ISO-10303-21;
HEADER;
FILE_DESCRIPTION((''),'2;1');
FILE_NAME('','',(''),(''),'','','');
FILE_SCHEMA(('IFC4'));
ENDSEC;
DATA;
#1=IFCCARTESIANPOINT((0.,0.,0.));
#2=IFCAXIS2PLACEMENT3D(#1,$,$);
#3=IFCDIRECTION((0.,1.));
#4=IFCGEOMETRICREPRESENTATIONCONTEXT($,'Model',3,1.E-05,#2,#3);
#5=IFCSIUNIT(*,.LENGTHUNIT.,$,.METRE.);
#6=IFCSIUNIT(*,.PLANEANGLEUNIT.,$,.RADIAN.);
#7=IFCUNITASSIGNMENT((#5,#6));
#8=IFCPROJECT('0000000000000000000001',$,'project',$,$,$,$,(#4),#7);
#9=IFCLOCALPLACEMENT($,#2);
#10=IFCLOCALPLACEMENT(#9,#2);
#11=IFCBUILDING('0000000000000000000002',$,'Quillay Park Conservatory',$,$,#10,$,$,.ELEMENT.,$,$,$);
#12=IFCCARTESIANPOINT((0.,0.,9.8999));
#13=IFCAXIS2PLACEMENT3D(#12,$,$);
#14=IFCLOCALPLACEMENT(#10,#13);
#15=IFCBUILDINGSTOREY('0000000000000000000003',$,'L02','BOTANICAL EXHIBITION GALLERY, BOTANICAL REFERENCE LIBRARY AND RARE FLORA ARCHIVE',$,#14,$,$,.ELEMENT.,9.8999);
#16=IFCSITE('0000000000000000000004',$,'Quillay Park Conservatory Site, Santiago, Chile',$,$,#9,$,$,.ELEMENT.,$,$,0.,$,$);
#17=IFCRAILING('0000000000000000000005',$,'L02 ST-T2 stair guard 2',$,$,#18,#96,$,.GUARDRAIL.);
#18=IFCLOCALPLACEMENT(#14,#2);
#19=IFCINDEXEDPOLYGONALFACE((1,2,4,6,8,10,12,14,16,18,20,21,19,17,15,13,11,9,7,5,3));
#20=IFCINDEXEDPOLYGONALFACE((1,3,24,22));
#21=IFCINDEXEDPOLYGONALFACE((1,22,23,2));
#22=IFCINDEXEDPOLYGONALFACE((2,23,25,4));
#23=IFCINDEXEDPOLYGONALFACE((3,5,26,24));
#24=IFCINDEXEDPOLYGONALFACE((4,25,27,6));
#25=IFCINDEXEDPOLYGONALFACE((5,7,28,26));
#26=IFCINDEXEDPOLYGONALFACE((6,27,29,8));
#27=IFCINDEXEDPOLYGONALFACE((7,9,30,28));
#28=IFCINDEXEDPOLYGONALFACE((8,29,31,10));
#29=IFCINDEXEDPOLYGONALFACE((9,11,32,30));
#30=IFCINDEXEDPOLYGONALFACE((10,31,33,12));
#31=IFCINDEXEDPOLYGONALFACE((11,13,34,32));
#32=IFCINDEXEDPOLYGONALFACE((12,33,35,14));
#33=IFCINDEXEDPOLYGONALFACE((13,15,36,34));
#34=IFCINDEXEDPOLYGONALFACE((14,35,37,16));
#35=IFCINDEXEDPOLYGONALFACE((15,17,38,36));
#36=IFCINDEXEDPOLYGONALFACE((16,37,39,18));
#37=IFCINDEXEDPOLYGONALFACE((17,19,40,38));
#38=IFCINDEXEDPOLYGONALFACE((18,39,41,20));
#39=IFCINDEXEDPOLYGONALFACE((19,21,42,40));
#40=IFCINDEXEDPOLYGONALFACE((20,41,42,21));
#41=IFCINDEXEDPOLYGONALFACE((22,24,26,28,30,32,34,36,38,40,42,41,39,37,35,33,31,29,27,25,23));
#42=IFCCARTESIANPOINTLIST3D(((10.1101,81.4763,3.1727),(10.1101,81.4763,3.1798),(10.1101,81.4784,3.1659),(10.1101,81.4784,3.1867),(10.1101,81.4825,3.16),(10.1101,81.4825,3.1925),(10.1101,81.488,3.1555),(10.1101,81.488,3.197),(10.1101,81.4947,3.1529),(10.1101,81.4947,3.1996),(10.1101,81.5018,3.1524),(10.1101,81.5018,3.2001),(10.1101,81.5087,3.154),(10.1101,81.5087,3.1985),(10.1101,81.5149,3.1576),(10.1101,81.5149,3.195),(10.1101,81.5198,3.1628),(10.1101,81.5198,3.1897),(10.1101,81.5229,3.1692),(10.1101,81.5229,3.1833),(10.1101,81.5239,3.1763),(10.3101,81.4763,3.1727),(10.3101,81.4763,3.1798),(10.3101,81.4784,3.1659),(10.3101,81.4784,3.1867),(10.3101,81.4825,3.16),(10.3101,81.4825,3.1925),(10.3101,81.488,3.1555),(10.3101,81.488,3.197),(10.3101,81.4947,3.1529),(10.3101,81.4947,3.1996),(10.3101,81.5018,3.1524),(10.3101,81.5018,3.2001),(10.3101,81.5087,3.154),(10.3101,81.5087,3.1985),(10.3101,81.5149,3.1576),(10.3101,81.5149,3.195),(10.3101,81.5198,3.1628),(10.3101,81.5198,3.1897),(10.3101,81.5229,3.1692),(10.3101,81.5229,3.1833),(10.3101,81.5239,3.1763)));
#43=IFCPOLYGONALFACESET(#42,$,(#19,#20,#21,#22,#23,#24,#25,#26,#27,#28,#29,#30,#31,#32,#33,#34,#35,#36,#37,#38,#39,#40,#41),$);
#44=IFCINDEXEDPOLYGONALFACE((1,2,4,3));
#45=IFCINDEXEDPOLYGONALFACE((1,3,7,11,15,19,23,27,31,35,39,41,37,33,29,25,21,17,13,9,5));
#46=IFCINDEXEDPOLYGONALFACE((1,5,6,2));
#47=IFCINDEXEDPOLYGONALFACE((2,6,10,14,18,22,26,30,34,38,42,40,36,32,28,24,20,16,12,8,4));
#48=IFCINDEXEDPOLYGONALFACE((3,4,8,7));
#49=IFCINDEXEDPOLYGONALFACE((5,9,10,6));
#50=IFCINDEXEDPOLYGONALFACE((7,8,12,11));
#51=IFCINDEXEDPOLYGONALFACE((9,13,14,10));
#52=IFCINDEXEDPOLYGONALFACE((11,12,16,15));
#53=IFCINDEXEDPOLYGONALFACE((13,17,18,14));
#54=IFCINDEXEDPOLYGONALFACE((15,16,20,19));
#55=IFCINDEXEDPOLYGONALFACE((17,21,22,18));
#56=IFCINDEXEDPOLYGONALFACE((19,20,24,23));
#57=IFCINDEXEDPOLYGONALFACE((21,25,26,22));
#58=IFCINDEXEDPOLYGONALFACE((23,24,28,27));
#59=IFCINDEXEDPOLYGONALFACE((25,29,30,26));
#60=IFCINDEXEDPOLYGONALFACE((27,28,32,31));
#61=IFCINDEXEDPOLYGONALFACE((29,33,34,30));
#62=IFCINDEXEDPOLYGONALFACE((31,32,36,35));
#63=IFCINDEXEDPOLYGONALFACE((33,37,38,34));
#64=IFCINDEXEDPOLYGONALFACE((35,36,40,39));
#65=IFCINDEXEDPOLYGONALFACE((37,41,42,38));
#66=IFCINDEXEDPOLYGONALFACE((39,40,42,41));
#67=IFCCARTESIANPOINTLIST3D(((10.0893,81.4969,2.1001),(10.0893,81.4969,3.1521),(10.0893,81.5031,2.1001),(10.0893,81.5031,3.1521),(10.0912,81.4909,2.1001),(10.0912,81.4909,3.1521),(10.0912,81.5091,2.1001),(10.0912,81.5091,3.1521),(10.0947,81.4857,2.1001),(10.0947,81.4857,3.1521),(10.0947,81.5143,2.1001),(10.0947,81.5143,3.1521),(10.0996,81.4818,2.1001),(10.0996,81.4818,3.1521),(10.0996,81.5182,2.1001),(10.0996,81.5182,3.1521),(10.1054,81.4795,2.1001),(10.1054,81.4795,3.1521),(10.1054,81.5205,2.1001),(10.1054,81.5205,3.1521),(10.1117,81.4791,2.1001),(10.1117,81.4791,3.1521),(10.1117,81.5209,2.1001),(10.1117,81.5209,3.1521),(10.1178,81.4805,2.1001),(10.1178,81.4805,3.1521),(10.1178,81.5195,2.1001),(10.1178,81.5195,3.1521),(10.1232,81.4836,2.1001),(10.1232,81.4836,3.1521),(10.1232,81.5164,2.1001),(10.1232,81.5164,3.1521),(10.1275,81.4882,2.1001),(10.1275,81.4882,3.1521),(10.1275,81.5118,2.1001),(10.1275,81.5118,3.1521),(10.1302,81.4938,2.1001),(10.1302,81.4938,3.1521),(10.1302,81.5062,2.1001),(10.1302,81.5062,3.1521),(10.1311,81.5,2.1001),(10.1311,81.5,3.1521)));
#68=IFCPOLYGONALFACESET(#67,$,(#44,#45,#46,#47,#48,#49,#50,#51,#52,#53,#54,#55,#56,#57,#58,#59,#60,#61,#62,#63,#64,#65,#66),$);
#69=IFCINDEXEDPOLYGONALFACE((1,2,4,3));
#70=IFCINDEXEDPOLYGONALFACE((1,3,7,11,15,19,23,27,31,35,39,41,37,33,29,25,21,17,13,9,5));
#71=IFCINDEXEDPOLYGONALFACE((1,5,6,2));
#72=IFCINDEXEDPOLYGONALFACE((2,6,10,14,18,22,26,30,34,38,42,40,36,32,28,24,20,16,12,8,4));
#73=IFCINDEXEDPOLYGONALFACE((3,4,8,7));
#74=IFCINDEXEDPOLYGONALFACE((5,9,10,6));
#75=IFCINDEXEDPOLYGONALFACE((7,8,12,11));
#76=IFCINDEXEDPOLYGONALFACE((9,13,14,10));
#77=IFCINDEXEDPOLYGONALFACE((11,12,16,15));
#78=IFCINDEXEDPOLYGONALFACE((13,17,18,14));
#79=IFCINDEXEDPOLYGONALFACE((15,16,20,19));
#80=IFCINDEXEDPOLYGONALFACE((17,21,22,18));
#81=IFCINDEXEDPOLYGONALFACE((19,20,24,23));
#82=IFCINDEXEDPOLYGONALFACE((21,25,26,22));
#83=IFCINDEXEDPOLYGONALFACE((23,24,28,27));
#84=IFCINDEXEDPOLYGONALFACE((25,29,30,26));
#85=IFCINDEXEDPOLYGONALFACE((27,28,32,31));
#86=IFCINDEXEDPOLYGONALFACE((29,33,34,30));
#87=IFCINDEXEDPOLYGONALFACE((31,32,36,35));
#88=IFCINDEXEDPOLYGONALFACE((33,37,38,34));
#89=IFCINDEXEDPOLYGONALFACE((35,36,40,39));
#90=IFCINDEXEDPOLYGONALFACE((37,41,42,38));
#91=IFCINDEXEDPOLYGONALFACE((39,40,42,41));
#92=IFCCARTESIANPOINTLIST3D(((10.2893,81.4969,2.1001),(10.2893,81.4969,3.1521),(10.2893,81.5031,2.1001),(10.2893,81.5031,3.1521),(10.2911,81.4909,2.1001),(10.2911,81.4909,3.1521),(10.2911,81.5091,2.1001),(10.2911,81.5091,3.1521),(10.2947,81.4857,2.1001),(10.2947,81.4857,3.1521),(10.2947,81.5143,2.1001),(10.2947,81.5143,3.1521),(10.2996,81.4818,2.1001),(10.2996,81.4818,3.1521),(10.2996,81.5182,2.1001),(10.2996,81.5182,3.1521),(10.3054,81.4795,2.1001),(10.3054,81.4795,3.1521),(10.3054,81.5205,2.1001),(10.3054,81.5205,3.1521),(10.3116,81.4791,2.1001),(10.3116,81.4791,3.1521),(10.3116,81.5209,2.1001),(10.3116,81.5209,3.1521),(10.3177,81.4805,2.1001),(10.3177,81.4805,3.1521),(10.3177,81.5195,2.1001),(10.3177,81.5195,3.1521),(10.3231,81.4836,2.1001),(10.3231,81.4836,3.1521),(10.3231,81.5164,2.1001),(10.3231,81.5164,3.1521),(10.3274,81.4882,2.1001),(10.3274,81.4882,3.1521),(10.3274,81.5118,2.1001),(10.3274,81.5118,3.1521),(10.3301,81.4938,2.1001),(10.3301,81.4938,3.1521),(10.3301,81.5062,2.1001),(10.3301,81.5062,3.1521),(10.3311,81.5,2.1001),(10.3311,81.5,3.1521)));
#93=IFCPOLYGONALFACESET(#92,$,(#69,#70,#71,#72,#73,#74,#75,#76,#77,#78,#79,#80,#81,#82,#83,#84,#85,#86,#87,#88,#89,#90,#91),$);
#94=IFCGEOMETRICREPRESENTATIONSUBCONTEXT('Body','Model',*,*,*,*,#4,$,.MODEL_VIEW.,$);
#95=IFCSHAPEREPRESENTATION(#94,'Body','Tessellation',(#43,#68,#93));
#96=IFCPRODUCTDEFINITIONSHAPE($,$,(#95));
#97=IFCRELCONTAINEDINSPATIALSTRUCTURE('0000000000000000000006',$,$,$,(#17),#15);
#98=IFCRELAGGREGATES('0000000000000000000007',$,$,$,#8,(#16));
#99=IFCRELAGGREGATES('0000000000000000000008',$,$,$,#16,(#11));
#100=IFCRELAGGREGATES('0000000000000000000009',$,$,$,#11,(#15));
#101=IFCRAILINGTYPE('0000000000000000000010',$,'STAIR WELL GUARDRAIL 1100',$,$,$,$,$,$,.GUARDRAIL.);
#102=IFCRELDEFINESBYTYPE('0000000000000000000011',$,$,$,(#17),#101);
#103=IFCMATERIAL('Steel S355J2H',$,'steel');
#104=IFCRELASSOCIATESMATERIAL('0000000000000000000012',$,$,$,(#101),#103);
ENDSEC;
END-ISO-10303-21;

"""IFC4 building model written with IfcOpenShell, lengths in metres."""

from ifc_helpers import new_model, si_unit, direction, frame, origin, origin_2d, place, context, subcontext, project, spatial, circle, extrude, material, type_object, element, save


model = new_model("IFC4")

# Units and contexts
model_context = context("Model", 3, precision=1e-05, world=origin(), true_north=direction((0.0, 1.0)))
body_context = subcontext(model_context, "Body", "Model", "MODEL_VIEW")
ifc_project = project(units=[si_unit("LENGTHUNIT", "METRE"), si_unit("PLANEANGLEUNIT", "RADIAN")], contexts=[model_context])

# Site, building, storey
site_placement = place(None, origin())
site = spatial("IfcSite", under=ifc_project, at=site_placement, Name="Quillay Park Conservatory Site, Santiago, Chile", CompositionType="ELEMENT", RefElevation=0.0)
building_placement = place(site_placement, origin())
building = spatial("IfcBuilding", under=site, at=building_placement, Name="Quillay Park Conservatory", CompositionType="ELEMENT")
storey_placement = place(building_placement, frame((0.0, 0.0, 9.8999)))
storey = spatial("IfcBuildingStorey", under=building, at=storey_placement, Name="L02", Description="BOTANICAL EXHIBITION GALLERY, BOTANICAL REFERENCE LIBRARY AND RARE FLORA ARCHIVE", CompositionType="ELEMENT", Elevation=9.8999)

# Railing
ifc_material_1 = material(Name="Steel S355J2H", Category="steel")
railing_type_1 = type_object("IfcRailingType", Name="STAIR WELL GUARDRAIL 1100", PredefinedType="GUARDRAIL", material=ifc_material_1)
railing_1_placement = place(storey_placement, frame((10.1101, 81.5, 2.1001)))
element("IfcRailing", 1, at=railing_1_placement, inside=storey, type_object=railing_type_1, Name="L02 ST-T2 stair guard 2", PredefinedType="GUARDRAIL", context=body_context, shape_type="SweptSolid", body=[
    extrude(circle(Radius=0.0239, at=origin_2d()), frame((0.0, 0.0, 1.0762), z_axis=(1.0, 0.0, 0.0), x_axis=(0.0, 1.0, 0.0)), (0.0, 0.0, 1.0), 0.2),
    extrude(circle(Radius=0.021, at=origin_2d()), origin(), (0.0, 0.0, 1.0), 1.052),
    extrude(circle(Radius=0.021, at=origin_2d()), frame((0.2, 0.0, 0.0)), (0.0, 0.0, 1.0), 1.052),
])

save(model, "model.ifc")
